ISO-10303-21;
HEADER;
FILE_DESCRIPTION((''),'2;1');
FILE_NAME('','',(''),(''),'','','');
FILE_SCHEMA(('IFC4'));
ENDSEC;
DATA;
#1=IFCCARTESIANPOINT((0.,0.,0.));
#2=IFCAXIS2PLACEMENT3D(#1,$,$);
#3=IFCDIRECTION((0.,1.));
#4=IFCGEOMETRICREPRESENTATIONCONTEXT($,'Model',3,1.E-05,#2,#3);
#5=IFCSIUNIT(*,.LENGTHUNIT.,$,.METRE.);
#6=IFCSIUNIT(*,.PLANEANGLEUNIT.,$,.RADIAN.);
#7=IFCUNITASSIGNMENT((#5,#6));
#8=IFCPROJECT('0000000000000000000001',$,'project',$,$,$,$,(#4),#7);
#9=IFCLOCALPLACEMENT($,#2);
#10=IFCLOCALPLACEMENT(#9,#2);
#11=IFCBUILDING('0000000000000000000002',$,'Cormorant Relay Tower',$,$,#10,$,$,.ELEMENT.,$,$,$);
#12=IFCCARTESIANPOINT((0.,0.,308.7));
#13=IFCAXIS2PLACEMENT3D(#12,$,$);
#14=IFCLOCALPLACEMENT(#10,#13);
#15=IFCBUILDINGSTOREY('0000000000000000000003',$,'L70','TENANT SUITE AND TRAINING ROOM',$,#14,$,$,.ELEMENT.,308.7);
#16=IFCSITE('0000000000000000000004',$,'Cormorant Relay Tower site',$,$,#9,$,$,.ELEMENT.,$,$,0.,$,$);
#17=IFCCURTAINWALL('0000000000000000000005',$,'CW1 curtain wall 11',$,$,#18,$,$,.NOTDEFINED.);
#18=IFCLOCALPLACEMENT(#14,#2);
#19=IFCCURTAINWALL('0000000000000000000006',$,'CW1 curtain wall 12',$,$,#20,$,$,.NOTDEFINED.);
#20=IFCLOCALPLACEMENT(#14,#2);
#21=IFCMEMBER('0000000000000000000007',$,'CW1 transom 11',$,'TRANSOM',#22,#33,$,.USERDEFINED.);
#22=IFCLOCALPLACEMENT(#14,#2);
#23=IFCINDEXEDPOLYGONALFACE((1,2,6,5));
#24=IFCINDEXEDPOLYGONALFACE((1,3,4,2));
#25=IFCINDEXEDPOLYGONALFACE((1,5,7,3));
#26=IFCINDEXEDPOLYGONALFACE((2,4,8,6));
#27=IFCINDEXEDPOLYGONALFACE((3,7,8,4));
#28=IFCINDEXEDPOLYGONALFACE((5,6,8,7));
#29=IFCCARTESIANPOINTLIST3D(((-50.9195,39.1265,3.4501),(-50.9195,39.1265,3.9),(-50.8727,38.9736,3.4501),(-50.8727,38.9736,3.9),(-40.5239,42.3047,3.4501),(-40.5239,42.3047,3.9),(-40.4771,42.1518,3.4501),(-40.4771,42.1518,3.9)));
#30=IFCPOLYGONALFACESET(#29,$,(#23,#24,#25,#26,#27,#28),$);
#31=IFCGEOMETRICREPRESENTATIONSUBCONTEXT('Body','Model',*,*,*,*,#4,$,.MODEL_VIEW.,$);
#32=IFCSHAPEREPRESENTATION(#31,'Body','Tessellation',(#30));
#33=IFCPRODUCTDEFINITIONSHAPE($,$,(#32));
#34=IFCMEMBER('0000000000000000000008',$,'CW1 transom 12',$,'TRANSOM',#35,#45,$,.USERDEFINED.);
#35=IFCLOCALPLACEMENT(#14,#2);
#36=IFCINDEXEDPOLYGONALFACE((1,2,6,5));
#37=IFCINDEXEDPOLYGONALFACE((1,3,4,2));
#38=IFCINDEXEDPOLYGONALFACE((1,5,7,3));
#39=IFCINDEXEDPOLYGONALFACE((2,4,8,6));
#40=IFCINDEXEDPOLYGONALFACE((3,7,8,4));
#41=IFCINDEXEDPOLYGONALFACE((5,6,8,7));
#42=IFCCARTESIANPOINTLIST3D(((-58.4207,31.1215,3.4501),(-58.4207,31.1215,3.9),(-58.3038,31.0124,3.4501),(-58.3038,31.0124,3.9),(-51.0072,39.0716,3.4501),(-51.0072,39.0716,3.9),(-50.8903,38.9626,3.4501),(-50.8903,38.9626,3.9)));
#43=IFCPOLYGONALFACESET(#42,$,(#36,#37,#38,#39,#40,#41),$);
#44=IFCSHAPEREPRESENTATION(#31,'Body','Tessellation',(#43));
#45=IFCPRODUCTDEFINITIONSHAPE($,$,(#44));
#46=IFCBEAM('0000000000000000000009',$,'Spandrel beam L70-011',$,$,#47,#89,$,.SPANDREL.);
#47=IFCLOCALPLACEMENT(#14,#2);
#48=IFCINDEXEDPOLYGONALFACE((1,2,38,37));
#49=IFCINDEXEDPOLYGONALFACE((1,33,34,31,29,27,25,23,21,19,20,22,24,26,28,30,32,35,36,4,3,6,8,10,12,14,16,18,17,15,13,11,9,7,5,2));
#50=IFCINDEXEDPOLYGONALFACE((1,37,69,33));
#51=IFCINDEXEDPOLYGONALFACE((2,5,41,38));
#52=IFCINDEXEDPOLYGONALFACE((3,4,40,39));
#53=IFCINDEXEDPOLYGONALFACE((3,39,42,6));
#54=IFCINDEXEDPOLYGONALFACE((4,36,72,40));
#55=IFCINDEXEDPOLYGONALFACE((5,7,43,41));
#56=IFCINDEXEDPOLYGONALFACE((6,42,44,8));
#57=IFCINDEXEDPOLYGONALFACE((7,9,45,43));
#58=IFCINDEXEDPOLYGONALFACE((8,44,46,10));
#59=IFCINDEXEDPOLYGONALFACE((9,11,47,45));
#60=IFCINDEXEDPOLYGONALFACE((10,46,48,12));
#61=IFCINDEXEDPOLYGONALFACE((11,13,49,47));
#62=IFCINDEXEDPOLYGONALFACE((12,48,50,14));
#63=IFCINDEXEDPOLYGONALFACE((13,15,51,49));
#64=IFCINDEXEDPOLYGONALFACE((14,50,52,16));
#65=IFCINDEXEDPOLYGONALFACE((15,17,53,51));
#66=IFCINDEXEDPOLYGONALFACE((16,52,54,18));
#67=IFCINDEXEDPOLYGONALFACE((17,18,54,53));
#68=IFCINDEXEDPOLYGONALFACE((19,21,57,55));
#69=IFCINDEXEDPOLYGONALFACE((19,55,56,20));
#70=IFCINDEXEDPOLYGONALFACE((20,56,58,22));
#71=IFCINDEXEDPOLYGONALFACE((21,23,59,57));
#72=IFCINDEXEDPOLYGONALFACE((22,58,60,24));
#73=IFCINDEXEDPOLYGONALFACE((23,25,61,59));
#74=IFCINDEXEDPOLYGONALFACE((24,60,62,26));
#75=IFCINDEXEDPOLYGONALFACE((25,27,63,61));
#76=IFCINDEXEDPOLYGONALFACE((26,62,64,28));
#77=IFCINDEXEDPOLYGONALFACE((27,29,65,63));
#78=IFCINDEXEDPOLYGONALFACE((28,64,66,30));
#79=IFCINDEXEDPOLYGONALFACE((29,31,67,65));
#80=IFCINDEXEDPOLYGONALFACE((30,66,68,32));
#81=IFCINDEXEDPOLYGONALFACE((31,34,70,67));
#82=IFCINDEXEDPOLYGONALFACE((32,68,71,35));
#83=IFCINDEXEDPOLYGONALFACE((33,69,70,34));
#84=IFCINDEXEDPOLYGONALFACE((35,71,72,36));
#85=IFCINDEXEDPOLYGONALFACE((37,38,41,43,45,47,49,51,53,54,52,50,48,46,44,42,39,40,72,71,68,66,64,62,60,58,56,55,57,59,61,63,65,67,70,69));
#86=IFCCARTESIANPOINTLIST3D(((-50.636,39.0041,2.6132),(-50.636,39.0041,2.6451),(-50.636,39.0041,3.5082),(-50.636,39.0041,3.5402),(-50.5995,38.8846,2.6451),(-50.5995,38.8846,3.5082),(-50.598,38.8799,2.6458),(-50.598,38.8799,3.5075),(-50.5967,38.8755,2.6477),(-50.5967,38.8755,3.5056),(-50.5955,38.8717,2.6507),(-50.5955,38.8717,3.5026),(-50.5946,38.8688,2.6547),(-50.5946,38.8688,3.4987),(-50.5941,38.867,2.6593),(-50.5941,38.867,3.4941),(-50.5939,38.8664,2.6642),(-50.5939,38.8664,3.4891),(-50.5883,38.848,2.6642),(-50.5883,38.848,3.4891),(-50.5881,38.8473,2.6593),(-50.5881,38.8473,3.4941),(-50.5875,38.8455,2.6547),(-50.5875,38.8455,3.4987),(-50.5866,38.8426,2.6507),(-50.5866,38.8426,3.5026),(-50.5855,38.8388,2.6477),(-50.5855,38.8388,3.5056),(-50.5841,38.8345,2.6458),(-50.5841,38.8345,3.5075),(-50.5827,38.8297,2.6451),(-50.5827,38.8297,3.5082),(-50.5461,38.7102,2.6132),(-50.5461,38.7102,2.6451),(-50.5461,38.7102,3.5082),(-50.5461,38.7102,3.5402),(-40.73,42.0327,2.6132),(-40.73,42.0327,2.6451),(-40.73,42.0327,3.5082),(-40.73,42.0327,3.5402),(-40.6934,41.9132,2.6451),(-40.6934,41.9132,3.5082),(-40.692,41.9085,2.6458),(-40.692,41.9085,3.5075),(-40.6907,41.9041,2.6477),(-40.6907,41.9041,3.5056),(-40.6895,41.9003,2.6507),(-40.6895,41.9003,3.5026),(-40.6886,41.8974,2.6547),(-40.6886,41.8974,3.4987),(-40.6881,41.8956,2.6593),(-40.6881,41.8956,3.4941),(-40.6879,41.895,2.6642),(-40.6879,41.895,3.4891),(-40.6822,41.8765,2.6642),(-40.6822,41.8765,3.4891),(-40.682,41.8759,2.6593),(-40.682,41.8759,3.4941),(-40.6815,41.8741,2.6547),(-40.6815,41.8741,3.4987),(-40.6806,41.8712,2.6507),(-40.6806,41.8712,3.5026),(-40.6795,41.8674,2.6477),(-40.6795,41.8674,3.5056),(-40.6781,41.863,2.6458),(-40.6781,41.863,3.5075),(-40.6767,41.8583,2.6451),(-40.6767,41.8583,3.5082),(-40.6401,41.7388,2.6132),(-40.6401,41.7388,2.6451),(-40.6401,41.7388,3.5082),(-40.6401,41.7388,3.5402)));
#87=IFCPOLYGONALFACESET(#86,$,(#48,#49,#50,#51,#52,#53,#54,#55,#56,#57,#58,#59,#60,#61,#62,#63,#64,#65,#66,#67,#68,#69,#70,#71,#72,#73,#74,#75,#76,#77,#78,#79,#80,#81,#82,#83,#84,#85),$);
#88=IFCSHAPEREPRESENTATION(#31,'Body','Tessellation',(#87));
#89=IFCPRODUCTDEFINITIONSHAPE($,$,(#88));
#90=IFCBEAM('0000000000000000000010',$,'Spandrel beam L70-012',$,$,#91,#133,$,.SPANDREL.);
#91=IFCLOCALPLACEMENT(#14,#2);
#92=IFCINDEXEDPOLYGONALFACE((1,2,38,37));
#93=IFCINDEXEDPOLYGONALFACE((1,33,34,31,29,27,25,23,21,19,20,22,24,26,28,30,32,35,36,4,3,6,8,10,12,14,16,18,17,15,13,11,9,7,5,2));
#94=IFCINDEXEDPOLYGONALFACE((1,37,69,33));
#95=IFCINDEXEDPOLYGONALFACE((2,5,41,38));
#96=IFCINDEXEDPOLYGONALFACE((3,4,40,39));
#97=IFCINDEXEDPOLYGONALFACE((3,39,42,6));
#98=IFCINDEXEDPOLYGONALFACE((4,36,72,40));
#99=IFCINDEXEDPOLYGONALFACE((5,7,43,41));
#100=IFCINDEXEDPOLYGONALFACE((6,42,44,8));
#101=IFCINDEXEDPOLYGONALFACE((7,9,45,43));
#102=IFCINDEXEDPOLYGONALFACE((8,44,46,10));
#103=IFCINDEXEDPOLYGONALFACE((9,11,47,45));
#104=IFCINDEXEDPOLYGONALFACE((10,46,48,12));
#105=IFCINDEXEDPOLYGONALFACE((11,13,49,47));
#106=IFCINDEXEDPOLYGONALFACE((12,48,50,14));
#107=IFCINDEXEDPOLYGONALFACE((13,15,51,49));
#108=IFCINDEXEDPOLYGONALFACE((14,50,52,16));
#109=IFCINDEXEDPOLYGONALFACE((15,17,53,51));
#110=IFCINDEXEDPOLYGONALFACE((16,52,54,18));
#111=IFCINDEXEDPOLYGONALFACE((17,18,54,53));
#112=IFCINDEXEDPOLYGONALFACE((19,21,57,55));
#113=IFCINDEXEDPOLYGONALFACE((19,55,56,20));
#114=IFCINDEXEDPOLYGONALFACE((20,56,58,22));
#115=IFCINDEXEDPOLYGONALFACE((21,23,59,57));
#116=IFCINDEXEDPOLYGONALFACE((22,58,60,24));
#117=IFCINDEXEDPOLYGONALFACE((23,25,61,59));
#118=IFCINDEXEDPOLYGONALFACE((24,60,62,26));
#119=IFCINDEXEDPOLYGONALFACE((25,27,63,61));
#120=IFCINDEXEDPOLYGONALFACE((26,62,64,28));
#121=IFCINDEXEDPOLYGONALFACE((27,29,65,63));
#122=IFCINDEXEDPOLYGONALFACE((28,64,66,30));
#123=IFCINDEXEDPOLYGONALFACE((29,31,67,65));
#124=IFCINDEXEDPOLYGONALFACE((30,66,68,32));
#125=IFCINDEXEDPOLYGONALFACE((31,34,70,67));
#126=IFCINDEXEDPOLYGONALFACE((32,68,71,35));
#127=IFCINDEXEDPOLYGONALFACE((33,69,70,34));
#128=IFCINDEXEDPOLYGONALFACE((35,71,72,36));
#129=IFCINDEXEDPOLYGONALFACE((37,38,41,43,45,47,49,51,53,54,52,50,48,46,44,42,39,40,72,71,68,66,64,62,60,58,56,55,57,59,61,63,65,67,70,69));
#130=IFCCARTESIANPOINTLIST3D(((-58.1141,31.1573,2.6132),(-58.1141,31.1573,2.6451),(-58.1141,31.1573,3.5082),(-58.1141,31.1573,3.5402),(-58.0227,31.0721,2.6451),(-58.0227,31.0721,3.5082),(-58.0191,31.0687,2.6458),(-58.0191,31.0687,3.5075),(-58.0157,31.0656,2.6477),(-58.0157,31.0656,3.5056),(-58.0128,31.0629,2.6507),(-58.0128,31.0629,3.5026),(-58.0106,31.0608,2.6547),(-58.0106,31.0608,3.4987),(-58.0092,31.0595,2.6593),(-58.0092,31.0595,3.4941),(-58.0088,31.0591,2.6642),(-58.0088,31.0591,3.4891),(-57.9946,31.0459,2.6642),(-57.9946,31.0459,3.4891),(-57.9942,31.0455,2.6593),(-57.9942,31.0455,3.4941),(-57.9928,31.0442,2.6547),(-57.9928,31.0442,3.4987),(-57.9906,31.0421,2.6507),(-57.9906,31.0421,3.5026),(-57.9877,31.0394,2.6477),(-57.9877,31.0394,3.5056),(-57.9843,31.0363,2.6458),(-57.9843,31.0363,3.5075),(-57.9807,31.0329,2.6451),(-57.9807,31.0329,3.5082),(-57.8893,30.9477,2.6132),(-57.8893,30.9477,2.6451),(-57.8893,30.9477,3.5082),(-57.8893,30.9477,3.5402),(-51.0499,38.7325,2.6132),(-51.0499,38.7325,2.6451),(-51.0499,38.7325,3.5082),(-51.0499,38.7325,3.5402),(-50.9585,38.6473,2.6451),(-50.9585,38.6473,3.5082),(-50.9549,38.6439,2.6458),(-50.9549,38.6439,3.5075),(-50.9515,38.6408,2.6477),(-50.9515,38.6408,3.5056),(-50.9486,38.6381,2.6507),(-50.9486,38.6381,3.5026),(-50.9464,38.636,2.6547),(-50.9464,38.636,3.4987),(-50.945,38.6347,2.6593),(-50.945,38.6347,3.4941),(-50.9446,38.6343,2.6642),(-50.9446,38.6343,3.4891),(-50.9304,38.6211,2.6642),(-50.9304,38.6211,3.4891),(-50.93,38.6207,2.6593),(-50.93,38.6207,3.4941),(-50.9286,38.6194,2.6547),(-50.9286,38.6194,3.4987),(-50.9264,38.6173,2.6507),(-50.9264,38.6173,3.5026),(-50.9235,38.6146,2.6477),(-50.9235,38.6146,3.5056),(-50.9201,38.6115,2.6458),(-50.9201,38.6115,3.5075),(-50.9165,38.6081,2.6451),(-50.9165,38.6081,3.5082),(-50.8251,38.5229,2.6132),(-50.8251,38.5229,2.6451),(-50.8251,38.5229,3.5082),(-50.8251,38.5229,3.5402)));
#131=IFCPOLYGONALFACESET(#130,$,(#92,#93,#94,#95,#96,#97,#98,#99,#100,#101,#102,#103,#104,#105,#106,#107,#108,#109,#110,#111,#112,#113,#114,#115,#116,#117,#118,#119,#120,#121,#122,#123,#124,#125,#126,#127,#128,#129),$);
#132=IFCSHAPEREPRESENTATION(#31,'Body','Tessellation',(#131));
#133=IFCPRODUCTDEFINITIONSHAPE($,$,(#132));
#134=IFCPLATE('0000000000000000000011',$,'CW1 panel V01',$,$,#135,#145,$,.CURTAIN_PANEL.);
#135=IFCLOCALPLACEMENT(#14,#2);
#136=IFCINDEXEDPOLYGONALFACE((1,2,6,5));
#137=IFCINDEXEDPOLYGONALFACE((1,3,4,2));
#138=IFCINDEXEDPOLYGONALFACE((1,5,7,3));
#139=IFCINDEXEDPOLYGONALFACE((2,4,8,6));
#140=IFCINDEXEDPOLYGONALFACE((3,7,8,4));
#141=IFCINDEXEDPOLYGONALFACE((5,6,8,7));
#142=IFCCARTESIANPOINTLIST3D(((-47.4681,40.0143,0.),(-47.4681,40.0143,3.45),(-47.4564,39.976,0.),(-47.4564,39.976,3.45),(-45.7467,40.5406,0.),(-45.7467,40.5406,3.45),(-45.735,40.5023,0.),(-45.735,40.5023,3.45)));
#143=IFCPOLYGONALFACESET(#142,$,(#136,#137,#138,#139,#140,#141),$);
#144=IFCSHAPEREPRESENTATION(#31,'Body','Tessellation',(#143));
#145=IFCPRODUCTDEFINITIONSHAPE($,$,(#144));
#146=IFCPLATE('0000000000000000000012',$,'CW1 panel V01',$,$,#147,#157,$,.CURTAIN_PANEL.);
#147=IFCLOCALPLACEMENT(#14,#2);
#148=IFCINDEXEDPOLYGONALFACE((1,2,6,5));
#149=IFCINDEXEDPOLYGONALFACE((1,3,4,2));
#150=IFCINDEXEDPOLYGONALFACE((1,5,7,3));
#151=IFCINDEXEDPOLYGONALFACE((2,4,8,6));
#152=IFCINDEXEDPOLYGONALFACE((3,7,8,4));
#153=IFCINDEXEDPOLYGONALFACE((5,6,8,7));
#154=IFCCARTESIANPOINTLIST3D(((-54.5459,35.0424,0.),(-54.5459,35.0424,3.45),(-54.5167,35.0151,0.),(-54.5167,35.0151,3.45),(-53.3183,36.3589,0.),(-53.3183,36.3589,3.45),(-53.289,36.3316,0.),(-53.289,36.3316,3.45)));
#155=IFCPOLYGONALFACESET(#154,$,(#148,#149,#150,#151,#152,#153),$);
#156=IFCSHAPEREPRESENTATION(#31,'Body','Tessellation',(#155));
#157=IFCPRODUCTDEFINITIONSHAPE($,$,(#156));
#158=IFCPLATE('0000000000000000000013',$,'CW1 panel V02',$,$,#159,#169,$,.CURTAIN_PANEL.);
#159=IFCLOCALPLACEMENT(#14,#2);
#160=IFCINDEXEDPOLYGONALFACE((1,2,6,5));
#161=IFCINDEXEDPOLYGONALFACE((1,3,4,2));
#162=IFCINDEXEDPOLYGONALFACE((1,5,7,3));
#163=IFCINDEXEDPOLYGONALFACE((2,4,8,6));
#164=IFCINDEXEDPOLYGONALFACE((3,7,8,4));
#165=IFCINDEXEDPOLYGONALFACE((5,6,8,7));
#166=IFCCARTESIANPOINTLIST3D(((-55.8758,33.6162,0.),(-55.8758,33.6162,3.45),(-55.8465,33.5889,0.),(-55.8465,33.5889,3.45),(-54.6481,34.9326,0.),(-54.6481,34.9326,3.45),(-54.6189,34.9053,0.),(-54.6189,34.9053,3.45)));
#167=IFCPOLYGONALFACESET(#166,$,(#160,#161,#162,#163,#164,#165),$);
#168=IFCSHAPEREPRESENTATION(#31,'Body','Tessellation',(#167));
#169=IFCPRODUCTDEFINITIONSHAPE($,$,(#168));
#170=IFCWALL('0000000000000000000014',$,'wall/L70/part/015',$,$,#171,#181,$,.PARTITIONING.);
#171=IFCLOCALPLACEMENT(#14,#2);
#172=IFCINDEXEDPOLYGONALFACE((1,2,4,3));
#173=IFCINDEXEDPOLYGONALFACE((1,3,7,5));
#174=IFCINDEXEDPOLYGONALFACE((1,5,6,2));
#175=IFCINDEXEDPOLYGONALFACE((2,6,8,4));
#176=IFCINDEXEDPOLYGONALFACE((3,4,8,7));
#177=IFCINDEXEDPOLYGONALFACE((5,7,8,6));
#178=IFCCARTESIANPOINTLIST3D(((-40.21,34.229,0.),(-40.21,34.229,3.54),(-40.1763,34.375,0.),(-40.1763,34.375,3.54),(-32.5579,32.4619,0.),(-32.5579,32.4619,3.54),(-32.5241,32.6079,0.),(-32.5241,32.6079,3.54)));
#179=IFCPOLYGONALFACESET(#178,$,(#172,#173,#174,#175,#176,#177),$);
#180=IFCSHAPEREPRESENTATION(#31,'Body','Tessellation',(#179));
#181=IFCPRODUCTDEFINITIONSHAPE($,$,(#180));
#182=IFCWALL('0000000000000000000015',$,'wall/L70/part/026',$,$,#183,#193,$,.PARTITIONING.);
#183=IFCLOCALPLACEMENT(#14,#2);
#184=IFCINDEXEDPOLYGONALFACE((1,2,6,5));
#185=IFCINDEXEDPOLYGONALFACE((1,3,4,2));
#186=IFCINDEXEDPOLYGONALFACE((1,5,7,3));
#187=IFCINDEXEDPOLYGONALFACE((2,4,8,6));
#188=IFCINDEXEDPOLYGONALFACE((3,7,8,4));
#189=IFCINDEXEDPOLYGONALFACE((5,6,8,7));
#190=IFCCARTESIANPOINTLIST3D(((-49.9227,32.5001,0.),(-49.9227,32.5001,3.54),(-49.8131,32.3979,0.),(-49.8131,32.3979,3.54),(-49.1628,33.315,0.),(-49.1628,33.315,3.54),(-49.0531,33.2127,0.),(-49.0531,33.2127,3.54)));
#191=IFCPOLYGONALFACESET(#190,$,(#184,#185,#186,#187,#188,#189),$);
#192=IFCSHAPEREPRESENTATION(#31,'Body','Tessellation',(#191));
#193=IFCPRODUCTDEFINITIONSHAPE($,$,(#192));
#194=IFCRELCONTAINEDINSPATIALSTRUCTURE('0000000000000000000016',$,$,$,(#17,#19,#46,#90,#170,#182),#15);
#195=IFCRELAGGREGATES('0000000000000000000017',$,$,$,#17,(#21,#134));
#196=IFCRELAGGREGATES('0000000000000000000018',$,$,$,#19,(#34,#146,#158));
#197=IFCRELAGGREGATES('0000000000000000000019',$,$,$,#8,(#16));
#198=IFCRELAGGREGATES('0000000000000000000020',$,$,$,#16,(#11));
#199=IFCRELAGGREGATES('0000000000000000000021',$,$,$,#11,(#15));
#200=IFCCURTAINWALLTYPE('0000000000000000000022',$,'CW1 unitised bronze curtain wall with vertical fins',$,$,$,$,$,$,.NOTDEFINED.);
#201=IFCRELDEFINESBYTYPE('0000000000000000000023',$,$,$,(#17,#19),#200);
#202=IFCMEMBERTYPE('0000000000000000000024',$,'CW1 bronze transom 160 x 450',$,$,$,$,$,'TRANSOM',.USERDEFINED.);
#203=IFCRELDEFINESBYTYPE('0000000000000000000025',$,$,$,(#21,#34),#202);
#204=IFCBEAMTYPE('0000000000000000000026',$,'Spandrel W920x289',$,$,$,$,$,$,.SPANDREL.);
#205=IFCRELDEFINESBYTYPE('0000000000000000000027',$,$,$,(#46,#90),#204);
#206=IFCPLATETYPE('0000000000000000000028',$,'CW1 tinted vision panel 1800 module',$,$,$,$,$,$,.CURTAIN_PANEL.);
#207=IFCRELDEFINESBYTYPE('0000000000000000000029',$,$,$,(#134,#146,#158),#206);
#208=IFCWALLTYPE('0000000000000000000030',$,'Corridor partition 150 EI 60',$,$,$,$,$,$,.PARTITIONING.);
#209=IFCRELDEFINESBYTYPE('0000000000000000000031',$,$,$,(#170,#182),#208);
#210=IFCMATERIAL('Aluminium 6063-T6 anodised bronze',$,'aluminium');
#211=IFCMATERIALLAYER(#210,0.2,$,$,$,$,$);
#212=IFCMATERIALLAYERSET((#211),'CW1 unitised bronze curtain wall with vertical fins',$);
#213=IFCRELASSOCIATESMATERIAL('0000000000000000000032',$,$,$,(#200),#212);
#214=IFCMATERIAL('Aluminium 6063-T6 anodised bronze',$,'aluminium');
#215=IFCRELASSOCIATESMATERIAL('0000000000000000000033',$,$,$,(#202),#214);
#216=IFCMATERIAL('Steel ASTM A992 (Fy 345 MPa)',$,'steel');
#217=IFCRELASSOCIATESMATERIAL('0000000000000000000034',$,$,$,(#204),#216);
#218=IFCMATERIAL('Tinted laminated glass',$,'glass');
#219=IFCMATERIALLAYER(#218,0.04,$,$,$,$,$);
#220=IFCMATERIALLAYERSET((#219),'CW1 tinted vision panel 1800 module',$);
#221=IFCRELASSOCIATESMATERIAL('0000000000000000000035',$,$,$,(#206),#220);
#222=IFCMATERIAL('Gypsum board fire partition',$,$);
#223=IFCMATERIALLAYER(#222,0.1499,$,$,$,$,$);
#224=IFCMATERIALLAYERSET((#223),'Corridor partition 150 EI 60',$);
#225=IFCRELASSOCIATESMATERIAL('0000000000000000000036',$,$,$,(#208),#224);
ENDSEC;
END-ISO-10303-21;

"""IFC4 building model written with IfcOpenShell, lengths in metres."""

from ifc_helpers import new_model, si_unit, direction, frame, frame_2d, origin, origin_2d, place, context, subcontext, project, spatial, rectangle, i_section, extrude, material, layer, layer_set, material_profile, profile_set, type_object, element, aggregate, save


model = new_model("IFC4")

# Units and contexts
model_context = context("Model", 3, precision=1e-05, world=origin(), true_north=direction((0.0, 1.0)))
body_context = subcontext(model_context, "Body", "Model", "MODEL_VIEW")
ifc_project = project(units=[si_unit("LENGTHUNIT", "METRE"), si_unit("PLANEANGLEUNIT", "RADIAN")], contexts=[model_context])

# Site, building, storey
site_placement = place(None, origin())
site = spatial("IfcSite", under=ifc_project, at=site_placement, Name="Cormorant Relay Tower site", CompositionType="ELEMENT", RefElevation=0.0)
building_placement = place(site_placement, origin())
building = spatial("IfcBuilding", under=site, at=building_placement, Name="Cormorant Relay Tower", CompositionType="ELEMENT")
storey_placement = place(building_placement, frame((0.0, 0.0, 308.7)))
storey = spatial("IfcBuildingStorey", under=building, at=storey_placement, Name="L70", Description="TENANT SUITE AND TRAINING ROOM", CompositionType="ELEMENT", Elevation=308.7)

# Curtain walls
ifc_material_1 = material(Name="Aluminium 6063-T6 anodised bronze", Category="aluminium")
ifc_layer_1 = layer(ifc_material_1, 0.2)
ifc_layer_set_1 = layer_set([ifc_layer_1], Name="CW1 unitised bronze curtain wall with vertical fins")
curtain_wall_type = type_object("IfcCurtainWallType", Name="CW1 unitised bronze curtain wall with vertical fins", PredefinedType="NOTDEFINED", material=ifc_layer_set_1)
curtain_wall_1_placement = place(storey_placement, origin())
curtain_wall_1 = element("IfcCurtainWall", 1, at=curtain_wall_1_placement, inside=storey, type_object=curtain_wall_type, Name="CW1 curtain wall 11", PredefinedType="NOTDEFINED")
curtain_wall_2_placement = place(storey_placement, origin())
curtain_wall_2 = element("IfcCurtainWall", 2, at=curtain_wall_2_placement, inside=storey, type_object=curtain_wall_type, Name="CW1 curtain wall 12", PredefinedType="NOTDEFINED")

# Members
ifc_material_2 = material(Name="Aluminium 6063-T6 anodised bronze", Category="aluminium")
ifc_material_profile_1 = material_profile(ifc_material_2, rectangle(XDim=0.1599, YDim=0.45, at=origin_2d()), Name="AL 160x450")
ifc_profile_set_1 = profile_set([ifc_material_profile_1], Name="Aluminium 6063-T6 anodised bronze")
member_type_1 = type_object("IfcMemberType", Name="CW1 bronze transom 160 x 450", ElementType="TRANSOM", PredefinedType="USERDEFINED", material=ifc_profile_set_1)
member_1_placement = place(storey_placement, frame((-40.5005, 42.2283, 3.675), z_axis=(-0.956305, -0.292371, 0.0), x_axis=(0.292371, -0.956305, 0.0)))
member_1 = element("IfcMember", 3, at=member_1_placement, type_object=member_type_1, Name="CW1 transom 11", ObjectType="TRANSOM", PredefinedType="USERDEFINED", context=body_context, shape_type="SweptSolid", body=[
    extrude(rectangle(XDim=0.1599, YDim=0.45, at=origin_2d()), origin(), (0.0, 0.0, 1.0), 10.8706),
])
member_2_placement = place(storey_placement, frame((-50.9487, 39.0171, 3.675), z_axis=(-0.681993, -0.731358, 0.0), x_axis=(0.731358, -0.681993, 0.0)))
member_2 = element("IfcMember", 4, at=member_2_placement, type_object=member_type_1, Name="CW1 transom 12", ObjectType="TRANSOM", PredefinedType="USERDEFINED", context=body_context, shape_type="SweptSolid", body=[
    extrude(rectangle(XDim=0.1599, YDim=0.45, at=origin_2d()), origin(), (0.0, 0.0, 1.0), 10.8704),
])

# Beams
ifc_material_3 = material(Name="Steel ASTM A992 (Fy 345 MPa)", Category="steel")
ifc_material_profile_2 = material_profile(ifc_material_3, i_section(OverallWidth=0.3074, OverallDepth=0.927, WebThickness=0.0193, FlangeThickness=0.032, FilletRadius=0.019, at=origin_2d()), Name="W920x289")
ifc_profile_set_2 = profile_set([ifc_material_profile_2], Name="Steel ASTM A992 (Fy 345 MPa)")
beam_type = type_object("IfcBeamType", Name="Spandrel W920x289", PredefinedType="SPANDREL", material=ifc_profile_set_2)
beam_1_placement = place(storey_placement, frame((-40.6851, 41.8857, 3.0767), z_axis=(-0.956305, -0.292371, 0.0), x_axis=(0.292371, -0.956305, 0.0)))
element("IfcBeam", 5, at=beam_1_placement, inside=storey, type_object=beam_type, Name="Spandrel beam L70-011", PredefinedType="SPANDREL", context=body_context, shape_type="SweptSolid", body=[
    extrude(i_section(OverallWidth=0.3074, OverallDepth=0.927, WebThickness=0.0193, FlangeThickness=0.032, FilletRadius=0.019, at=origin_2d()), origin(), (0.0, 0.0, 1.0), 10.3586),
])
beam_2_placement = place(storey_placement, frame((-50.9375, 38.6277, 3.0767), z_axis=(-0.68201, -0.731343, 0.0), x_axis=(0.731343, -0.68201, 0.0)))
element("IfcBeam", 6, at=beam_2_placement, inside=storey, type_object=beam_type, Name="Spandrel beam L70-012", PredefinedType="SPANDREL", context=body_context, shape_type="SweptSolid", body=[
    extrude(i_section(OverallWidth=0.3074, OverallDepth=0.927, WebThickness=0.0193, FlangeThickness=0.032, FilletRadius=0.019, at=origin_2d()), origin(), (0.0, 0.0, 1.0), 10.3579),
])

# Plates
ifc_material_4 = material(Name="Tinted laminated glass", Category="glass")
ifc_layer_2 = layer(ifc_material_4, 0.04)
ifc_layer_set_2 = layer_set([ifc_layer_2], Name="CW1 tinted vision panel 1800 module")
plate_type = type_object("IfcPlateType", Name="CW1 tinted vision panel 1800 module", PredefinedType="CURTAIN_PANEL", material=ifc_layer_set_2)
plate_1_placement = place(storey_placement, frame((-46.6016, 40.2583, 0.0), z_axis=(0.0, 0.0, 1.0), x_axis=(-0.956305, -0.292372, 0.0)))
plate_1 = element("IfcPlate", 7, at=plate_1_placement, type_object=plate_type, Name="CW1 panel V01", PredefinedType="CURTAIN_PANEL", context=body_context, shape_type="SweptSolid", body=[
    extrude(rectangle(XDim=1.8, YDim=0.04, at=origin_2d()), origin(), (0.0, 0.0, 1.0), 3.45),
])
plate_2_placement = place(storey_placement, frame((-53.9175, 35.687, 0.0), z_axis=(0.0, 0.0, 1.0), x_axis=(-0.681998, -0.731354, 0.0)))
plate_2 = element("IfcPlate", 8, at=plate_2_placement, type_object=plate_type, Name="CW1 panel V01", PredefinedType="CURTAIN_PANEL", context=body_context, shape_type="SweptSolid", body=[
    extrude(rectangle(XDim=1.8, YDim=0.04, at=origin_2d()), origin(), (0.0, 0.0, 1.0), 3.45),
])
plate_3_placement = place(storey_placement, frame((-55.2473, 34.2607, 0.0), z_axis=(0.0, 0.0, 1.0), x_axis=(-0.681998, -0.731354, 0.0)))
plate_3 = element("IfcPlate", 9, at=plate_3_placement, type_object=plate_type, Name="CW1 panel V02", PredefinedType="CURTAIN_PANEL", context=body_context, shape_type="SweptSolid", body=[
    extrude(rectangle(XDim=1.8, YDim=0.04, at=origin_2d()), origin(), (0.0, 0.0, 1.0), 3.45),
])

# Walls
ifc_material_5 = material(Name="Gypsum board fire partition")
ifc_layer_3 = layer(ifc_material_5, 0.1499)
ifc_layer_set_3 = layer_set([ifc_layer_3], Name="Corridor partition 150 EI 60")
wall_type_1 = type_object("IfcWallType", Name="Corridor partition 150 EI 60", PredefinedType="PARTITIONING", material=ifc_layer_set_3)
wall_1_placement = place(storey_placement, frame((-40.1931, 34.302, 0.0), z_axis=(0.0, 0.0, 1.0), x_axis=(0.974357, -0.225007, 0.0)))
element("IfcWall", 10, at=wall_1_placement, inside=storey, type_object=wall_type_1, Name="wall/L70/part/015", PredefinedType="PARTITIONING", context=body_context, shape_type="SweptSolid", body=[
    extrude(rectangle(XDim=7.8535, YDim=0.1499, at=frame_2d((3.9268, 0.0))), origin(), (0.0, 0.0, 1.0), 3.54),
])
wall_2_placement = place(storey_placement, frame((-49.8679, 32.449, 0.0), z_axis=(0.0, 0.0, 1.0), x_axis=(0.682029, 0.731325, 0.0)))
element("IfcWall", 11, at=wall_2_placement, inside=storey, type_object=wall_type_1, Name="wall/L70/part/026", PredefinedType="PARTITIONING", context=body_context, shape_type="SweptSolid", body=[
    extrude(rectangle(XDim=1.1143, YDim=0.1499, at=frame_2d((0.5571, 0.0))), origin(), (0.0, 0.0, 1.0), 3.54),
])

aggregate(curtain_wall_1, [member_1, plate_1])
aggregate(curtain_wall_2, [member_2, plate_2, plate_3])

save(model, "model.ifc")
